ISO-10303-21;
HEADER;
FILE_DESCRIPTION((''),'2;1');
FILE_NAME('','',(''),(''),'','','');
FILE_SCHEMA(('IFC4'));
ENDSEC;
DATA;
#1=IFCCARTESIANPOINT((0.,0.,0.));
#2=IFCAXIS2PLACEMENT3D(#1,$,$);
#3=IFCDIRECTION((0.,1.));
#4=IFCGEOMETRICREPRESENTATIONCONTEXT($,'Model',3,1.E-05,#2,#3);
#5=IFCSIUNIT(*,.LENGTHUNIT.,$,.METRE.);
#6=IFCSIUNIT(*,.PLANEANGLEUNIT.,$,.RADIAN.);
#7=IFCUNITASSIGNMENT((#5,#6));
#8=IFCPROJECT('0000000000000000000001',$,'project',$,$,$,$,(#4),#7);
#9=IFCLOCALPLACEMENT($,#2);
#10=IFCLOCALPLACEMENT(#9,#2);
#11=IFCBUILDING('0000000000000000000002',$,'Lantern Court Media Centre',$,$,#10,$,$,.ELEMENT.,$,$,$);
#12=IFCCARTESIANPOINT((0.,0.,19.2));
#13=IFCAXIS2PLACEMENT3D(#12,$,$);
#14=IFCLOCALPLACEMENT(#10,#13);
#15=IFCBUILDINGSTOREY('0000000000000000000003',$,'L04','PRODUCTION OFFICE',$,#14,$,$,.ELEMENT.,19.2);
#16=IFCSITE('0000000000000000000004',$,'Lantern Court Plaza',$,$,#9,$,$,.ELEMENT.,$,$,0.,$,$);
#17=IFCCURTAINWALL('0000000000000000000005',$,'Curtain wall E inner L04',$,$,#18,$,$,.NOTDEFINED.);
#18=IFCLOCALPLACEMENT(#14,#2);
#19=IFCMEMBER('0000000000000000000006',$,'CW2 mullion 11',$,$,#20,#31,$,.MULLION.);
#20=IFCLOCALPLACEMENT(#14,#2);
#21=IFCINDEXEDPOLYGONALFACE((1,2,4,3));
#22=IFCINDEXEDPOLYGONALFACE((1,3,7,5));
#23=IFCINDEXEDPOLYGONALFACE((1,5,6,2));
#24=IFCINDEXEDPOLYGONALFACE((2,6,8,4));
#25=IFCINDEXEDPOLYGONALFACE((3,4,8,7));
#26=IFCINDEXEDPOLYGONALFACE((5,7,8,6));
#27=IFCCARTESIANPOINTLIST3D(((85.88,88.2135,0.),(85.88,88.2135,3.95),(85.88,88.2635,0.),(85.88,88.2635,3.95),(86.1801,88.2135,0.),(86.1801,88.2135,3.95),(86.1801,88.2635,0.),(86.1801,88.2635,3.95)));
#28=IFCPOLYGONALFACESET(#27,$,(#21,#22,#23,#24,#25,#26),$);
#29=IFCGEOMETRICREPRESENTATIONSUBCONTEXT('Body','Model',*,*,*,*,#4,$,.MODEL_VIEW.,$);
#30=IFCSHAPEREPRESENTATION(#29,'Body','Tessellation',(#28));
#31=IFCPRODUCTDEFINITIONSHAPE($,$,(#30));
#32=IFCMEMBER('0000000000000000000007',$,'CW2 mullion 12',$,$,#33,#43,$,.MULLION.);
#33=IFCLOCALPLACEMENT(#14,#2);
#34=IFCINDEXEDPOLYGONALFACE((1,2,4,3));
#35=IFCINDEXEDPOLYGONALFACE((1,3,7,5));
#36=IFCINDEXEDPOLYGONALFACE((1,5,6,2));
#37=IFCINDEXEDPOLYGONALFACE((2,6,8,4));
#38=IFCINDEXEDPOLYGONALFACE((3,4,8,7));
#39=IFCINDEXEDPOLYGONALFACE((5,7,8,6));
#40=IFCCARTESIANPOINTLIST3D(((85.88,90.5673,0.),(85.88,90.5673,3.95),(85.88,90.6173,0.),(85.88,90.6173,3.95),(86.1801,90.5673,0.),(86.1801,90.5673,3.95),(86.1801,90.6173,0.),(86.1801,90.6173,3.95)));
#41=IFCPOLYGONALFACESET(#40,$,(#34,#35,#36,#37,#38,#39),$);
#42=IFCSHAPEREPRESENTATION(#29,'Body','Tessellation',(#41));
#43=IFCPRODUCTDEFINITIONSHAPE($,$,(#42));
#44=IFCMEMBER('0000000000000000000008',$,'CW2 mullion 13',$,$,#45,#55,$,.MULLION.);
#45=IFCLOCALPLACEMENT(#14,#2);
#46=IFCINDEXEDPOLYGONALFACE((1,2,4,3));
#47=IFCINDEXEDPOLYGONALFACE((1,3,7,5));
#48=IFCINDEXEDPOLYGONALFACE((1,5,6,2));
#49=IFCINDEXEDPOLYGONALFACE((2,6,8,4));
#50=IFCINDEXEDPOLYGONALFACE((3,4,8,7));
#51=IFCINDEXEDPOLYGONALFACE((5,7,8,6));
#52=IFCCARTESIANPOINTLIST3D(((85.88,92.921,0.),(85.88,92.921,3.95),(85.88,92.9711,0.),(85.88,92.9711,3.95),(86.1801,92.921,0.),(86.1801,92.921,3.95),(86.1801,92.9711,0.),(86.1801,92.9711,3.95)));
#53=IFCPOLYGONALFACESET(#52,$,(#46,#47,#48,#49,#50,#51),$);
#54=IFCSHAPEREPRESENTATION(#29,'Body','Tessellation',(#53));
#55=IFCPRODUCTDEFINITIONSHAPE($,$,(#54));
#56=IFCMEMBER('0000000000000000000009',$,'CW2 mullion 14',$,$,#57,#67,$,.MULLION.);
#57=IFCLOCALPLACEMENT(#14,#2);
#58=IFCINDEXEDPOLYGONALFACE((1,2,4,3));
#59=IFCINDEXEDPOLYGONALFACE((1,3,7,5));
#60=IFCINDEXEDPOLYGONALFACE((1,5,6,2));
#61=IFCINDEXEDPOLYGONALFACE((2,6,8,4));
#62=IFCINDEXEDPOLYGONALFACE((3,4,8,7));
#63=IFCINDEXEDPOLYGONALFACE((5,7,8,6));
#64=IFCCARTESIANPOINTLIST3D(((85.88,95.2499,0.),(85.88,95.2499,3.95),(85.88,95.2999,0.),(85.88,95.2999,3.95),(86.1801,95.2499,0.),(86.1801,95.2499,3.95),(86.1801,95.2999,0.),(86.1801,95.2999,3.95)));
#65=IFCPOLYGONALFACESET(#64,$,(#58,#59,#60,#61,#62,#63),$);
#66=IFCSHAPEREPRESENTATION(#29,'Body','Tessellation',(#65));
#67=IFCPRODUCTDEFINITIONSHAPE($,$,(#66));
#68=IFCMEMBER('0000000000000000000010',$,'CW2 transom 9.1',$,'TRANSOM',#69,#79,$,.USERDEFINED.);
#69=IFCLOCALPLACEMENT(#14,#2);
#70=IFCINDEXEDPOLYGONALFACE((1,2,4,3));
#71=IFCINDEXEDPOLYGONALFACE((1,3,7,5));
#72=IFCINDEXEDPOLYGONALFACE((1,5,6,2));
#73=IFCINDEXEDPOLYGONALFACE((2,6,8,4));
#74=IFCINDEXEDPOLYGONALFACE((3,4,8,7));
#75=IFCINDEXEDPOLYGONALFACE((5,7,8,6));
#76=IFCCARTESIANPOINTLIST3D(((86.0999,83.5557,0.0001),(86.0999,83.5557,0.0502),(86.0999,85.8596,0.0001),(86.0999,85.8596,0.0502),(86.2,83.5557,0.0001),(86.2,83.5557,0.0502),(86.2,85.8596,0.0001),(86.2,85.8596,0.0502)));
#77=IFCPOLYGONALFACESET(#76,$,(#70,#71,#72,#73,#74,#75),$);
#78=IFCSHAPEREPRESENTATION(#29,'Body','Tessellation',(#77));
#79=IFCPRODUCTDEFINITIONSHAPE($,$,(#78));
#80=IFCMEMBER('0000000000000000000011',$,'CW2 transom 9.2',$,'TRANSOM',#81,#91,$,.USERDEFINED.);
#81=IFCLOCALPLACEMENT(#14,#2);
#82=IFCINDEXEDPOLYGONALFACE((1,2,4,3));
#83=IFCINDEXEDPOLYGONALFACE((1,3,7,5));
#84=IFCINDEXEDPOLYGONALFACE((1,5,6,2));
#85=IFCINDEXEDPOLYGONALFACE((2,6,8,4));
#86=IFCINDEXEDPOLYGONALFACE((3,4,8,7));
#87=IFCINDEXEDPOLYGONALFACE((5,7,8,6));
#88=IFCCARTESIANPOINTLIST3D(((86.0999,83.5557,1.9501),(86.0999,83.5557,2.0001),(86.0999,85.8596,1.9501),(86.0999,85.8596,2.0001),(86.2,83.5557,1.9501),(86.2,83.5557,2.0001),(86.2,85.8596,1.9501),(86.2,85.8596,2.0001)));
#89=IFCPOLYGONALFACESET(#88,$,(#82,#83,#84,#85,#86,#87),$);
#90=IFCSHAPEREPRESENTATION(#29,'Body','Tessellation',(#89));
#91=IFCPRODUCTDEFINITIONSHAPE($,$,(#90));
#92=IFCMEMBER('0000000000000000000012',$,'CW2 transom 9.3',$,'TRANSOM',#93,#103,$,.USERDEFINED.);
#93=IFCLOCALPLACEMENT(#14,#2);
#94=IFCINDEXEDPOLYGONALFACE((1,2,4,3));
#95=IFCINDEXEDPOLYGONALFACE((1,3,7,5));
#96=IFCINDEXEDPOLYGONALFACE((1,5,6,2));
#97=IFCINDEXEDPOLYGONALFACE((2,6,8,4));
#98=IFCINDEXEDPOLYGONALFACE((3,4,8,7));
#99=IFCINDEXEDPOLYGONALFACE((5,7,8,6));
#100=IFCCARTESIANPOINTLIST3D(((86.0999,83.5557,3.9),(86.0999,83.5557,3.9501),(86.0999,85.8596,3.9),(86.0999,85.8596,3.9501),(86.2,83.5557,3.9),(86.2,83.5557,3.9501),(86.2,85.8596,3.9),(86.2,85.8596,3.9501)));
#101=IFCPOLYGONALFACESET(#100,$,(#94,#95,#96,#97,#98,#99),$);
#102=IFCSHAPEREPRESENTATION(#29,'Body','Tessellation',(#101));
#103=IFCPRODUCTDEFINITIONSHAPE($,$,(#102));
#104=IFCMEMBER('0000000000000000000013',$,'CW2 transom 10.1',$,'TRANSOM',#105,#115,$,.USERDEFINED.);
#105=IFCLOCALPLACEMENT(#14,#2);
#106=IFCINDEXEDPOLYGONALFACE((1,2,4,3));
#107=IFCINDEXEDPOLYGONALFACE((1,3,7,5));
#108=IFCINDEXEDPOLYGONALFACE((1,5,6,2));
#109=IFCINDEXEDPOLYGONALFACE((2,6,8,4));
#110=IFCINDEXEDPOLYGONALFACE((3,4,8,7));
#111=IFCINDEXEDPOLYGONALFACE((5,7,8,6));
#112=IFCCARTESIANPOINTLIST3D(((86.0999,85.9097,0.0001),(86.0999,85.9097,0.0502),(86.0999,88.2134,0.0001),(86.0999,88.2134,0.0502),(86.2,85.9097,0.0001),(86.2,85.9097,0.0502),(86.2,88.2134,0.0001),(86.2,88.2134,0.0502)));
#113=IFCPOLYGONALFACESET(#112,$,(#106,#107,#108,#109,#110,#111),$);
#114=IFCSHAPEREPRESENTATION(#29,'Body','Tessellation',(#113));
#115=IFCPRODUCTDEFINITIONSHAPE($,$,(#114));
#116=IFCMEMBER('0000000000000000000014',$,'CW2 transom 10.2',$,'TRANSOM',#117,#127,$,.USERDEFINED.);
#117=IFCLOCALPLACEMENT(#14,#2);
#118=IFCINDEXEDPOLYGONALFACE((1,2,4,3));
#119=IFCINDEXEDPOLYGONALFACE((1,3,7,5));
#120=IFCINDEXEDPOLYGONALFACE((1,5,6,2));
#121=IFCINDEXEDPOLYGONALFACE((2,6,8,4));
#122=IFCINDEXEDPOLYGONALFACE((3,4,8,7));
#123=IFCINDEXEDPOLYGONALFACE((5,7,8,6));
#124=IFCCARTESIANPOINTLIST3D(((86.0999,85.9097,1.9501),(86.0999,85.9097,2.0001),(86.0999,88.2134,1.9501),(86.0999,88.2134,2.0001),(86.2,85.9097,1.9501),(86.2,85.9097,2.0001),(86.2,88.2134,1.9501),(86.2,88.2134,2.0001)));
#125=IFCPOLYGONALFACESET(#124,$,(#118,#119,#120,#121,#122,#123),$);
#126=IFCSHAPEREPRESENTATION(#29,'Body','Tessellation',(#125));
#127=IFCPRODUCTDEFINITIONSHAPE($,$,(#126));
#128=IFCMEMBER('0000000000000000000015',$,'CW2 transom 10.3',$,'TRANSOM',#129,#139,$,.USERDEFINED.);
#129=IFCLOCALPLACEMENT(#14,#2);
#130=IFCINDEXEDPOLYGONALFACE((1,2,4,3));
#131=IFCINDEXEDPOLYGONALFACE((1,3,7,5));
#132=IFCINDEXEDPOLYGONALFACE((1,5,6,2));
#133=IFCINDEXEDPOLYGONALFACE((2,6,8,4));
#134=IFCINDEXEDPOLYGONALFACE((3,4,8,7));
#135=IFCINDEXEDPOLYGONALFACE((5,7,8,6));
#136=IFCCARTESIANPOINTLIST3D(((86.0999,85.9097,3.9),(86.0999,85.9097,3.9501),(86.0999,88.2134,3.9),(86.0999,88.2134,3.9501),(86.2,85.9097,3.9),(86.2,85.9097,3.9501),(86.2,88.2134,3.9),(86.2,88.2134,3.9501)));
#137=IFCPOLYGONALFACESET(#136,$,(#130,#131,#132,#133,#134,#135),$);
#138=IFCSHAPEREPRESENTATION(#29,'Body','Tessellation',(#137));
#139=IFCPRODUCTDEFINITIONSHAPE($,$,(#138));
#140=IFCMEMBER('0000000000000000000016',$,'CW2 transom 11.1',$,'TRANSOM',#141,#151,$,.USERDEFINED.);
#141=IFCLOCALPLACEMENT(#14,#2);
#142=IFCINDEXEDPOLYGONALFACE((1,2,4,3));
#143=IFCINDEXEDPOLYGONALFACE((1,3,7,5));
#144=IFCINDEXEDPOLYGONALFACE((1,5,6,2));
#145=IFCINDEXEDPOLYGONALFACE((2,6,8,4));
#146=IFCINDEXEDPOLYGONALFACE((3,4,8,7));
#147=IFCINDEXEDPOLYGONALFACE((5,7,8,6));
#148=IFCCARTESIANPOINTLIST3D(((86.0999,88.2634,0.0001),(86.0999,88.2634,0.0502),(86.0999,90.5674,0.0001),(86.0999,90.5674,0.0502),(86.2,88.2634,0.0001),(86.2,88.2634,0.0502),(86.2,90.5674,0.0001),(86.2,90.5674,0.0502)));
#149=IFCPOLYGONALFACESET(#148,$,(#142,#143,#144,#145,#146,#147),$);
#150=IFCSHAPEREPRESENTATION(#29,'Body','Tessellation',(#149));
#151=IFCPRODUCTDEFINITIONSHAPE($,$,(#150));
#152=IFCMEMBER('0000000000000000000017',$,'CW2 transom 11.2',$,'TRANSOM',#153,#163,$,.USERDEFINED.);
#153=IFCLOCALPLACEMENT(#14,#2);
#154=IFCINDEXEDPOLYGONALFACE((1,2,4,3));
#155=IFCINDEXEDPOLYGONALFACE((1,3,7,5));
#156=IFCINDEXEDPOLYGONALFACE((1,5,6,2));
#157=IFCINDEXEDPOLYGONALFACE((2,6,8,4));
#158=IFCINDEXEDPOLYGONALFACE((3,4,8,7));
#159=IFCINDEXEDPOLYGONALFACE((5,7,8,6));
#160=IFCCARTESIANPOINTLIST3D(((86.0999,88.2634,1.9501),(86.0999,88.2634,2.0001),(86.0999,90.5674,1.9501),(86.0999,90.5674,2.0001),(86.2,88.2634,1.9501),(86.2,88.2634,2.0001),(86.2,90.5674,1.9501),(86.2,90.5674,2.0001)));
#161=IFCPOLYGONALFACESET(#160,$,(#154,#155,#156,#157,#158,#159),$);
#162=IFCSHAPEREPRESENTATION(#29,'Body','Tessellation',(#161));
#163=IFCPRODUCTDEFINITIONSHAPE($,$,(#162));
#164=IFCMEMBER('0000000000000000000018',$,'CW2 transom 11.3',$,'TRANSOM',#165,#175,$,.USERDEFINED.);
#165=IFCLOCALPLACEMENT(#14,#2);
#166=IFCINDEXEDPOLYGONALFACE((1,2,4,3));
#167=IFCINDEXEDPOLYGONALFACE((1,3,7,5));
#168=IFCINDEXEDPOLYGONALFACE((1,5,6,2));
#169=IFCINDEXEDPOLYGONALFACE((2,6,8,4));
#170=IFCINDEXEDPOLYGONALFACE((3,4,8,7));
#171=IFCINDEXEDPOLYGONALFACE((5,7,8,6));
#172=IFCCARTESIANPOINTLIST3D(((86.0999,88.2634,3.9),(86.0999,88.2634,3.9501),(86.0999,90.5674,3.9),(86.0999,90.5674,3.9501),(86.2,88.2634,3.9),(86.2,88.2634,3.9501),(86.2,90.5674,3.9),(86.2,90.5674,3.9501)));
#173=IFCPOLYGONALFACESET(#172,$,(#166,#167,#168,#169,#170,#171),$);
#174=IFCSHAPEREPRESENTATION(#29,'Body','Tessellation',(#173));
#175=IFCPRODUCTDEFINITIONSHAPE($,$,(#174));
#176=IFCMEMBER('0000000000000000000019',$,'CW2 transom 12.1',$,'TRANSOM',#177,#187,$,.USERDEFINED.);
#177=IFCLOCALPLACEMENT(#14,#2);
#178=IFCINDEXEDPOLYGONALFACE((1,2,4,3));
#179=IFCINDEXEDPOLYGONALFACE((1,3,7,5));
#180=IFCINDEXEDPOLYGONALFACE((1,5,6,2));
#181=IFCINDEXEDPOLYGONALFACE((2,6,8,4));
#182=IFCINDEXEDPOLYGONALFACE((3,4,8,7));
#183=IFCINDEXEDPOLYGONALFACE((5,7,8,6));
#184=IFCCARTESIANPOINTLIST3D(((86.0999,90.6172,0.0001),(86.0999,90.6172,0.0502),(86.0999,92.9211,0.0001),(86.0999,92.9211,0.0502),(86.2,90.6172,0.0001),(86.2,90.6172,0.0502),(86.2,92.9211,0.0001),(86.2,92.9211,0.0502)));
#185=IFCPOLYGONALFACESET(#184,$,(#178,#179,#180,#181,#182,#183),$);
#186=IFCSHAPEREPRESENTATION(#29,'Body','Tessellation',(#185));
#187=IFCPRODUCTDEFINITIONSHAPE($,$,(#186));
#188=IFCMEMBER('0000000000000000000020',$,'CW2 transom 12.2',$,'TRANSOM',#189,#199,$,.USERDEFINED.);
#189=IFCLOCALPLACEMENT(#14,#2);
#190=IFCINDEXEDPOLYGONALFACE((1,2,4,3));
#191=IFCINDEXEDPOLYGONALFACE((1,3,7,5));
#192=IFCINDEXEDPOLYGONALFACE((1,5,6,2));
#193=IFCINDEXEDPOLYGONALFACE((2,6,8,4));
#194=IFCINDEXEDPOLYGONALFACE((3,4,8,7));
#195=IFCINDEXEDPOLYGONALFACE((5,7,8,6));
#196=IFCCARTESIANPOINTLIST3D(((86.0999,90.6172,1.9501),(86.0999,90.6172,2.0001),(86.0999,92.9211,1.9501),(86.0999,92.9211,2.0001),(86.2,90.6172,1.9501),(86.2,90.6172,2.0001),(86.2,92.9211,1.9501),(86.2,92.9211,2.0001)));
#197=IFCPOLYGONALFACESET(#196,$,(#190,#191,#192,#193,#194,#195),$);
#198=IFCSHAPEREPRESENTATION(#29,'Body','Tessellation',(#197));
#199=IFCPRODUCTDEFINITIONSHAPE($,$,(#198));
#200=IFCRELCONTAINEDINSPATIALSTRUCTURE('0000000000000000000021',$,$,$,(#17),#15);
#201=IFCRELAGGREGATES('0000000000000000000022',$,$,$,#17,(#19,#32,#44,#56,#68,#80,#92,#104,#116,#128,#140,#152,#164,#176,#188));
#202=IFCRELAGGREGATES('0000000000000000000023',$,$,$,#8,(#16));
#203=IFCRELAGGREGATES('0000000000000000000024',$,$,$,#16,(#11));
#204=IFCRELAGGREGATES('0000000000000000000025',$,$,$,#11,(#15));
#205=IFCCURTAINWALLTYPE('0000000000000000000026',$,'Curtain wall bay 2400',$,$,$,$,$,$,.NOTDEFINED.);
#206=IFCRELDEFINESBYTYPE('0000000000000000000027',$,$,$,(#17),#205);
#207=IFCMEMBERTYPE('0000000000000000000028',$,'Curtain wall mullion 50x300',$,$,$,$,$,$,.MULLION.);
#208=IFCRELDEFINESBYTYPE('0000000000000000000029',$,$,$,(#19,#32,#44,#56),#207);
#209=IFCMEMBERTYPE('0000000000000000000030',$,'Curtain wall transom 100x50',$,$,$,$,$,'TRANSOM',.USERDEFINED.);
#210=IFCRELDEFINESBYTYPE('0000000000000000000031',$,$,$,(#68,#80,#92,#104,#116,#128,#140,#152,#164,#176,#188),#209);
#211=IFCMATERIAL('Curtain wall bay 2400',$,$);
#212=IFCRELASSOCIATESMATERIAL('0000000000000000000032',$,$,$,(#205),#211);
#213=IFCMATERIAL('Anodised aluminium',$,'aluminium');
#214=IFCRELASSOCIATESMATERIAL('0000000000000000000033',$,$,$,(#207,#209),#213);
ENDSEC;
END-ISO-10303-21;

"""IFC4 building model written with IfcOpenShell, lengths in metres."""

from ifc_helpers import new_model, si_unit, direction, frame, origin, origin_2d, place, context, subcontext, project, spatial, rectangle, extrude, material, material_profile, profile_set, type_object, element, aggregate, save


model = new_model("IFC4")

# Units and contexts
model_context = context("Model", 3, precision=1e-05, world=origin(), true_north=direction((0.0, 1.0)))
body_context = subcontext(model_context, "Body", "Model", "MODEL_VIEW")
ifc_project = project(units=[si_unit("LENGTHUNIT", "METRE"), si_unit("PLANEANGLEUNIT", "RADIAN")], contexts=[model_context])

# Site, building, storey
site_placement = place(None, origin())
site = spatial("IfcSite", under=ifc_project, at=site_placement, Name="Lantern Court Plaza", CompositionType="ELEMENT", RefElevation=0.0)
building_placement = place(site_placement, origin())
building = spatial("IfcBuilding", under=site, at=building_placement, Name="Lantern Court Media Centre", CompositionType="ELEMENT")
storey_placement = place(building_placement, frame((0.0, 0.0, 19.2)))
storey = spatial("IfcBuildingStorey", under=building, at=storey_placement, Name="L04", Description="PRODUCTION OFFICE", CompositionType="ELEMENT", Elevation=19.2)

# Curtain wall, members
ifc_material_1 = material(Name="Curtain wall bay 2400")
curtain_wall_type = type_object("IfcCurtainWallType", Name="Curtain wall bay 2400", PredefinedType="NOTDEFINED", material=ifc_material_1)
curtain_wall_placement = place(storey_placement, origin())
curtain_wall = element("IfcCurtainWall", 1, at=curtain_wall_placement, inside=storey, type_object=curtain_wall_type, Name="Curtain wall E inner L04", PredefinedType="NOTDEFINED")
ifc_material_2 = material(Name="Anodised aluminium", Category="aluminium")
ifc_material_profile_1 = material_profile(ifc_material_2, rectangle(XDim=0.3, YDim=0.05, at=origin_2d()), Name="AL 50x300")
ifc_profile_set_1 = profile_set([ifc_material_profile_1], Name="Anodised aluminium")
member_type_1 = type_object("IfcMemberType", Name="Curtain wall mullion 50x300", PredefinedType="MULLION", material=ifc_profile_set_1)
member_1_placement = place(storey_placement, frame((86.03, 88.2385, 0.0), z_axis=(0.0, 0.0, 1.0), x_axis=(-1.0, 0.0, 0.0)))
member_1 = element("IfcMember", 2, at=member_1_placement, type_object=member_type_1, Name="CW2 mullion 11", PredefinedType="MULLION", context=body_context, shape_type="SweptSolid", body=[
    extrude(rectangle(XDim=0.3, YDim=0.05, at=origin_2d()), origin(), (0.0, 0.0, 1.0), 3.95),
])
member_2_placement = place(storey_placement, frame((86.03, 90.5923, 0.0), z_axis=(0.0, 0.0, 1.0), x_axis=(-1.0, 0.0, 0.0)))
member_2 = element("IfcMember", 3, at=member_2_placement, type_object=member_type_1, Name="CW2 mullion 12", PredefinedType="MULLION", context=body_context, shape_type="SweptSolid", body=[
    extrude(rectangle(XDim=0.3, YDim=0.05, at=origin_2d()), origin(), (0.0, 0.0, 1.0), 3.95),
])
member_3_placement = place(storey_placement, frame((86.03, 92.946, 0.0), z_axis=(0.0, 0.0, 1.0), x_axis=(-1.0, 0.0, 0.0)))
member_3 = element("IfcMember", 4, at=member_3_placement, type_object=member_type_1, Name="CW2 mullion 13", PredefinedType="MULLION", context=body_context, shape_type="SweptSolid", body=[
    extrude(rectangle(XDim=0.3, YDim=0.05, at=origin_2d()), origin(), (0.0, 0.0, 1.0), 3.95),
])
member_4_placement = place(storey_placement, frame((86.03, 95.2749, 0.0), z_axis=(0.0, 0.0, 1.0), x_axis=(-1.0, 0.0, 0.0)))
member_4 = element("IfcMember", 5, at=member_4_placement, type_object=member_type_1, Name="CW2 mullion 14", PredefinedType="MULLION", context=body_context, shape_type="SweptSolid", body=[
    extrude(rectangle(XDim=0.3, YDim=0.05, at=origin_2d()), origin(), (0.0, 0.0, 1.0), 3.95),
])
ifc_material_profile_2 = material_profile(ifc_material_2, rectangle(XDim=0.1001, YDim=0.05, at=origin_2d()), Name="AL 50x100")
ifc_profile_set_2 = profile_set([ifc_material_profile_2], Name="Anodised aluminium")
member_type_2 = type_object("IfcMemberType", Name="Curtain wall transom 100x50", ElementType="TRANSOM", PredefinedType="USERDEFINED", material=ifc_profile_set_2)
member_5_placement = place(storey_placement, frame((86.1499, 83.5557, 0.0251), z_axis=(0.0, 1.0, 0.0), x_axis=(-1.0, 0.0, 0.0)))
member_5 = element("IfcMember", 6, at=member_5_placement, type_object=member_type_2, Name="CW2 transom 9.1", ObjectType="TRANSOM", PredefinedType="USERDEFINED", context=body_context, shape_type="SweptSolid", body=[
    extrude(rectangle(XDim=0.1001, YDim=0.05, at=origin_2d()), origin(), (0.0, 0.0, 1.0), 2.304),
])
member_6_placement = place(storey_placement, frame((86.1499, 83.5557, 1.9751), z_axis=(0.0, 1.0, 0.0), x_axis=(-1.0, 0.0, 0.0)))
member_6 = element("IfcMember", 7, at=member_6_placement, type_object=member_type_2, Name="CW2 transom 9.2", ObjectType="TRANSOM", PredefinedType="USERDEFINED", context=body_context, shape_type="SweptSolid", body=[
    extrude(rectangle(XDim=0.1001, YDim=0.05, at=origin_2d()), origin(), (0.0, 0.0, 1.0), 2.304),
])
member_7_placement = place(storey_placement, frame((86.1499, 83.5557, 3.925), z_axis=(0.0, 1.0, 0.0), x_axis=(-1.0, 0.0, 0.0)))
member_7 = element("IfcMember", 8, at=member_7_placement, type_object=member_type_2, Name="CW2 transom 9.3", ObjectType="TRANSOM", PredefinedType="USERDEFINED", context=body_context, shape_type="SweptSolid", body=[
    extrude(rectangle(XDim=0.1001, YDim=0.05, at=origin_2d()), origin(), (0.0, 0.0, 1.0), 2.304),
])
member_8_placement = place(storey_placement, frame((86.1499, 85.9097, 0.0251), z_axis=(0.0, 1.0, 0.0), x_axis=(-1.0, 0.0, 0.0)))
member_8 = element("IfcMember", 9, at=member_8_placement, type_object=member_type_2, Name="CW2 transom 10.1", ObjectType="TRANSOM", PredefinedType="USERDEFINED", context=body_context, shape_type="SweptSolid", body=[
    extrude(rectangle(XDim=0.1001, YDim=0.05, at=origin_2d()), origin(), (0.0, 0.0, 1.0), 2.3037),
])
member_9_placement = place(storey_placement, frame((86.1499, 85.9097, 1.9751), z_axis=(0.0, 1.0, 0.0), x_axis=(-1.0, 0.0, 0.0)))
member_9 = element("IfcMember", 10, at=member_9_placement, type_object=member_type_2, Name="CW2 transom 10.2", ObjectType="TRANSOM", PredefinedType="USERDEFINED", context=body_context, shape_type="SweptSolid", body=[
    extrude(rectangle(XDim=0.1001, YDim=0.05, at=origin_2d()), origin(), (0.0, 0.0, 1.0), 2.3037),
])
member_10_placement = place(storey_placement, frame((86.1499, 85.9097, 3.925), z_axis=(0.0, 1.0, 0.0), x_axis=(-1.0, 0.0, 0.0)))
member_10 = element("IfcMember", 11, at=member_10_placement, type_object=member_type_2, Name="CW2 transom 10.3", ObjectType="TRANSOM", PredefinedType="USERDEFINED", context=body_context, shape_type="SweptSolid", body=[
    extrude(rectangle(XDim=0.1001, YDim=0.05, at=origin_2d()), origin(), (0.0, 0.0, 1.0), 2.3037),
])
member_11_placement = place(storey_placement, frame((86.1499, 88.2634, 0.0251), z_axis=(0.0, 1.0, 0.0), x_axis=(-1.0, 0.0, 0.0)))
member_11 = element("IfcMember", 12, at=member_11_placement, type_object=member_type_2, Name="CW2 transom 11.1", ObjectType="TRANSOM", PredefinedType="USERDEFINED", context=body_context, shape_type="SweptSolid", body=[
    extrude(rectangle(XDim=0.1001, YDim=0.05, at=origin_2d()), origin(), (0.0, 0.0, 1.0), 2.304),
])
member_12_placement = place(storey_placement, frame((86.1499, 88.2634, 1.9751), z_axis=(0.0, 1.0, 0.0), x_axis=(-1.0, 0.0, 0.0)))
member_12 = element("IfcMember", 13, at=member_12_placement, type_object=member_type_2, Name="CW2 transom 11.2", ObjectType="TRANSOM", PredefinedType="USERDEFINED", context=body_context, shape_type="SweptSolid", body=[
    extrude(rectangle(XDim=0.1001, YDim=0.05, at=origin_2d()), origin(), (0.0, 0.0, 1.0), 2.304),
])
member_13_placement = place(storey_placement, frame((86.1499, 88.2634, 3.925), z_axis=(0.0, 1.0, 0.0), x_axis=(-1.0, 0.0, 0.0)))
member_13 = element("IfcMember", 14, at=member_13_placement, type_object=member_type_2, Name="CW2 transom 11.3", ObjectType="TRANSOM", PredefinedType="USERDEFINED", context=body_context, shape_type="SweptSolid", body=[
    extrude(rectangle(XDim=0.1001, YDim=0.05, at=origin_2d()), origin(), (0.0, 0.0, 1.0), 2.304),
])
member_14_placement = place(storey_placement, frame((86.1499, 90.6172, 0.0251), z_axis=(0.0, 1.0, 0.0), x_axis=(-1.0, 0.0, 0.0)))
member_14 = element("IfcMember", 15, at=member_14_placement, type_object=member_type_2, Name="CW2 transom 12.1", ObjectType="TRANSOM", PredefinedType="USERDEFINED", context=body_context, shape_type="SweptSolid", body=[
    extrude(rectangle(XDim=0.1001, YDim=0.05, at=origin_2d()), origin(), (0.0, 0.0, 1.0), 2.304),
])
member_15_placement = place(storey_placement, frame((86.1499, 90.6172, 1.9751), z_axis=(0.0, 1.0, 0.0), x_axis=(-1.0, 0.0, 0.0)))
member_15 = element("IfcMember", 16, at=member_15_placement, type_object=member_type_2, Name="CW2 transom 12.2", ObjectType="TRANSOM", PredefinedType="USERDEFINED", context=body_context, shape_type="SweptSolid", body=[
    extrude(rectangle(XDim=0.1001, YDim=0.05, at=origin_2d()), origin(), (0.0, 0.0, 1.0), 2.304),
])

aggregate(curtain_wall, [member_1, member_2, member_3, member_4, member_5, member_6, member_7, member_8, member_9, member_10, member_11, member_12, member_13, member_14, member_15])

save(model, "model.ifc")
